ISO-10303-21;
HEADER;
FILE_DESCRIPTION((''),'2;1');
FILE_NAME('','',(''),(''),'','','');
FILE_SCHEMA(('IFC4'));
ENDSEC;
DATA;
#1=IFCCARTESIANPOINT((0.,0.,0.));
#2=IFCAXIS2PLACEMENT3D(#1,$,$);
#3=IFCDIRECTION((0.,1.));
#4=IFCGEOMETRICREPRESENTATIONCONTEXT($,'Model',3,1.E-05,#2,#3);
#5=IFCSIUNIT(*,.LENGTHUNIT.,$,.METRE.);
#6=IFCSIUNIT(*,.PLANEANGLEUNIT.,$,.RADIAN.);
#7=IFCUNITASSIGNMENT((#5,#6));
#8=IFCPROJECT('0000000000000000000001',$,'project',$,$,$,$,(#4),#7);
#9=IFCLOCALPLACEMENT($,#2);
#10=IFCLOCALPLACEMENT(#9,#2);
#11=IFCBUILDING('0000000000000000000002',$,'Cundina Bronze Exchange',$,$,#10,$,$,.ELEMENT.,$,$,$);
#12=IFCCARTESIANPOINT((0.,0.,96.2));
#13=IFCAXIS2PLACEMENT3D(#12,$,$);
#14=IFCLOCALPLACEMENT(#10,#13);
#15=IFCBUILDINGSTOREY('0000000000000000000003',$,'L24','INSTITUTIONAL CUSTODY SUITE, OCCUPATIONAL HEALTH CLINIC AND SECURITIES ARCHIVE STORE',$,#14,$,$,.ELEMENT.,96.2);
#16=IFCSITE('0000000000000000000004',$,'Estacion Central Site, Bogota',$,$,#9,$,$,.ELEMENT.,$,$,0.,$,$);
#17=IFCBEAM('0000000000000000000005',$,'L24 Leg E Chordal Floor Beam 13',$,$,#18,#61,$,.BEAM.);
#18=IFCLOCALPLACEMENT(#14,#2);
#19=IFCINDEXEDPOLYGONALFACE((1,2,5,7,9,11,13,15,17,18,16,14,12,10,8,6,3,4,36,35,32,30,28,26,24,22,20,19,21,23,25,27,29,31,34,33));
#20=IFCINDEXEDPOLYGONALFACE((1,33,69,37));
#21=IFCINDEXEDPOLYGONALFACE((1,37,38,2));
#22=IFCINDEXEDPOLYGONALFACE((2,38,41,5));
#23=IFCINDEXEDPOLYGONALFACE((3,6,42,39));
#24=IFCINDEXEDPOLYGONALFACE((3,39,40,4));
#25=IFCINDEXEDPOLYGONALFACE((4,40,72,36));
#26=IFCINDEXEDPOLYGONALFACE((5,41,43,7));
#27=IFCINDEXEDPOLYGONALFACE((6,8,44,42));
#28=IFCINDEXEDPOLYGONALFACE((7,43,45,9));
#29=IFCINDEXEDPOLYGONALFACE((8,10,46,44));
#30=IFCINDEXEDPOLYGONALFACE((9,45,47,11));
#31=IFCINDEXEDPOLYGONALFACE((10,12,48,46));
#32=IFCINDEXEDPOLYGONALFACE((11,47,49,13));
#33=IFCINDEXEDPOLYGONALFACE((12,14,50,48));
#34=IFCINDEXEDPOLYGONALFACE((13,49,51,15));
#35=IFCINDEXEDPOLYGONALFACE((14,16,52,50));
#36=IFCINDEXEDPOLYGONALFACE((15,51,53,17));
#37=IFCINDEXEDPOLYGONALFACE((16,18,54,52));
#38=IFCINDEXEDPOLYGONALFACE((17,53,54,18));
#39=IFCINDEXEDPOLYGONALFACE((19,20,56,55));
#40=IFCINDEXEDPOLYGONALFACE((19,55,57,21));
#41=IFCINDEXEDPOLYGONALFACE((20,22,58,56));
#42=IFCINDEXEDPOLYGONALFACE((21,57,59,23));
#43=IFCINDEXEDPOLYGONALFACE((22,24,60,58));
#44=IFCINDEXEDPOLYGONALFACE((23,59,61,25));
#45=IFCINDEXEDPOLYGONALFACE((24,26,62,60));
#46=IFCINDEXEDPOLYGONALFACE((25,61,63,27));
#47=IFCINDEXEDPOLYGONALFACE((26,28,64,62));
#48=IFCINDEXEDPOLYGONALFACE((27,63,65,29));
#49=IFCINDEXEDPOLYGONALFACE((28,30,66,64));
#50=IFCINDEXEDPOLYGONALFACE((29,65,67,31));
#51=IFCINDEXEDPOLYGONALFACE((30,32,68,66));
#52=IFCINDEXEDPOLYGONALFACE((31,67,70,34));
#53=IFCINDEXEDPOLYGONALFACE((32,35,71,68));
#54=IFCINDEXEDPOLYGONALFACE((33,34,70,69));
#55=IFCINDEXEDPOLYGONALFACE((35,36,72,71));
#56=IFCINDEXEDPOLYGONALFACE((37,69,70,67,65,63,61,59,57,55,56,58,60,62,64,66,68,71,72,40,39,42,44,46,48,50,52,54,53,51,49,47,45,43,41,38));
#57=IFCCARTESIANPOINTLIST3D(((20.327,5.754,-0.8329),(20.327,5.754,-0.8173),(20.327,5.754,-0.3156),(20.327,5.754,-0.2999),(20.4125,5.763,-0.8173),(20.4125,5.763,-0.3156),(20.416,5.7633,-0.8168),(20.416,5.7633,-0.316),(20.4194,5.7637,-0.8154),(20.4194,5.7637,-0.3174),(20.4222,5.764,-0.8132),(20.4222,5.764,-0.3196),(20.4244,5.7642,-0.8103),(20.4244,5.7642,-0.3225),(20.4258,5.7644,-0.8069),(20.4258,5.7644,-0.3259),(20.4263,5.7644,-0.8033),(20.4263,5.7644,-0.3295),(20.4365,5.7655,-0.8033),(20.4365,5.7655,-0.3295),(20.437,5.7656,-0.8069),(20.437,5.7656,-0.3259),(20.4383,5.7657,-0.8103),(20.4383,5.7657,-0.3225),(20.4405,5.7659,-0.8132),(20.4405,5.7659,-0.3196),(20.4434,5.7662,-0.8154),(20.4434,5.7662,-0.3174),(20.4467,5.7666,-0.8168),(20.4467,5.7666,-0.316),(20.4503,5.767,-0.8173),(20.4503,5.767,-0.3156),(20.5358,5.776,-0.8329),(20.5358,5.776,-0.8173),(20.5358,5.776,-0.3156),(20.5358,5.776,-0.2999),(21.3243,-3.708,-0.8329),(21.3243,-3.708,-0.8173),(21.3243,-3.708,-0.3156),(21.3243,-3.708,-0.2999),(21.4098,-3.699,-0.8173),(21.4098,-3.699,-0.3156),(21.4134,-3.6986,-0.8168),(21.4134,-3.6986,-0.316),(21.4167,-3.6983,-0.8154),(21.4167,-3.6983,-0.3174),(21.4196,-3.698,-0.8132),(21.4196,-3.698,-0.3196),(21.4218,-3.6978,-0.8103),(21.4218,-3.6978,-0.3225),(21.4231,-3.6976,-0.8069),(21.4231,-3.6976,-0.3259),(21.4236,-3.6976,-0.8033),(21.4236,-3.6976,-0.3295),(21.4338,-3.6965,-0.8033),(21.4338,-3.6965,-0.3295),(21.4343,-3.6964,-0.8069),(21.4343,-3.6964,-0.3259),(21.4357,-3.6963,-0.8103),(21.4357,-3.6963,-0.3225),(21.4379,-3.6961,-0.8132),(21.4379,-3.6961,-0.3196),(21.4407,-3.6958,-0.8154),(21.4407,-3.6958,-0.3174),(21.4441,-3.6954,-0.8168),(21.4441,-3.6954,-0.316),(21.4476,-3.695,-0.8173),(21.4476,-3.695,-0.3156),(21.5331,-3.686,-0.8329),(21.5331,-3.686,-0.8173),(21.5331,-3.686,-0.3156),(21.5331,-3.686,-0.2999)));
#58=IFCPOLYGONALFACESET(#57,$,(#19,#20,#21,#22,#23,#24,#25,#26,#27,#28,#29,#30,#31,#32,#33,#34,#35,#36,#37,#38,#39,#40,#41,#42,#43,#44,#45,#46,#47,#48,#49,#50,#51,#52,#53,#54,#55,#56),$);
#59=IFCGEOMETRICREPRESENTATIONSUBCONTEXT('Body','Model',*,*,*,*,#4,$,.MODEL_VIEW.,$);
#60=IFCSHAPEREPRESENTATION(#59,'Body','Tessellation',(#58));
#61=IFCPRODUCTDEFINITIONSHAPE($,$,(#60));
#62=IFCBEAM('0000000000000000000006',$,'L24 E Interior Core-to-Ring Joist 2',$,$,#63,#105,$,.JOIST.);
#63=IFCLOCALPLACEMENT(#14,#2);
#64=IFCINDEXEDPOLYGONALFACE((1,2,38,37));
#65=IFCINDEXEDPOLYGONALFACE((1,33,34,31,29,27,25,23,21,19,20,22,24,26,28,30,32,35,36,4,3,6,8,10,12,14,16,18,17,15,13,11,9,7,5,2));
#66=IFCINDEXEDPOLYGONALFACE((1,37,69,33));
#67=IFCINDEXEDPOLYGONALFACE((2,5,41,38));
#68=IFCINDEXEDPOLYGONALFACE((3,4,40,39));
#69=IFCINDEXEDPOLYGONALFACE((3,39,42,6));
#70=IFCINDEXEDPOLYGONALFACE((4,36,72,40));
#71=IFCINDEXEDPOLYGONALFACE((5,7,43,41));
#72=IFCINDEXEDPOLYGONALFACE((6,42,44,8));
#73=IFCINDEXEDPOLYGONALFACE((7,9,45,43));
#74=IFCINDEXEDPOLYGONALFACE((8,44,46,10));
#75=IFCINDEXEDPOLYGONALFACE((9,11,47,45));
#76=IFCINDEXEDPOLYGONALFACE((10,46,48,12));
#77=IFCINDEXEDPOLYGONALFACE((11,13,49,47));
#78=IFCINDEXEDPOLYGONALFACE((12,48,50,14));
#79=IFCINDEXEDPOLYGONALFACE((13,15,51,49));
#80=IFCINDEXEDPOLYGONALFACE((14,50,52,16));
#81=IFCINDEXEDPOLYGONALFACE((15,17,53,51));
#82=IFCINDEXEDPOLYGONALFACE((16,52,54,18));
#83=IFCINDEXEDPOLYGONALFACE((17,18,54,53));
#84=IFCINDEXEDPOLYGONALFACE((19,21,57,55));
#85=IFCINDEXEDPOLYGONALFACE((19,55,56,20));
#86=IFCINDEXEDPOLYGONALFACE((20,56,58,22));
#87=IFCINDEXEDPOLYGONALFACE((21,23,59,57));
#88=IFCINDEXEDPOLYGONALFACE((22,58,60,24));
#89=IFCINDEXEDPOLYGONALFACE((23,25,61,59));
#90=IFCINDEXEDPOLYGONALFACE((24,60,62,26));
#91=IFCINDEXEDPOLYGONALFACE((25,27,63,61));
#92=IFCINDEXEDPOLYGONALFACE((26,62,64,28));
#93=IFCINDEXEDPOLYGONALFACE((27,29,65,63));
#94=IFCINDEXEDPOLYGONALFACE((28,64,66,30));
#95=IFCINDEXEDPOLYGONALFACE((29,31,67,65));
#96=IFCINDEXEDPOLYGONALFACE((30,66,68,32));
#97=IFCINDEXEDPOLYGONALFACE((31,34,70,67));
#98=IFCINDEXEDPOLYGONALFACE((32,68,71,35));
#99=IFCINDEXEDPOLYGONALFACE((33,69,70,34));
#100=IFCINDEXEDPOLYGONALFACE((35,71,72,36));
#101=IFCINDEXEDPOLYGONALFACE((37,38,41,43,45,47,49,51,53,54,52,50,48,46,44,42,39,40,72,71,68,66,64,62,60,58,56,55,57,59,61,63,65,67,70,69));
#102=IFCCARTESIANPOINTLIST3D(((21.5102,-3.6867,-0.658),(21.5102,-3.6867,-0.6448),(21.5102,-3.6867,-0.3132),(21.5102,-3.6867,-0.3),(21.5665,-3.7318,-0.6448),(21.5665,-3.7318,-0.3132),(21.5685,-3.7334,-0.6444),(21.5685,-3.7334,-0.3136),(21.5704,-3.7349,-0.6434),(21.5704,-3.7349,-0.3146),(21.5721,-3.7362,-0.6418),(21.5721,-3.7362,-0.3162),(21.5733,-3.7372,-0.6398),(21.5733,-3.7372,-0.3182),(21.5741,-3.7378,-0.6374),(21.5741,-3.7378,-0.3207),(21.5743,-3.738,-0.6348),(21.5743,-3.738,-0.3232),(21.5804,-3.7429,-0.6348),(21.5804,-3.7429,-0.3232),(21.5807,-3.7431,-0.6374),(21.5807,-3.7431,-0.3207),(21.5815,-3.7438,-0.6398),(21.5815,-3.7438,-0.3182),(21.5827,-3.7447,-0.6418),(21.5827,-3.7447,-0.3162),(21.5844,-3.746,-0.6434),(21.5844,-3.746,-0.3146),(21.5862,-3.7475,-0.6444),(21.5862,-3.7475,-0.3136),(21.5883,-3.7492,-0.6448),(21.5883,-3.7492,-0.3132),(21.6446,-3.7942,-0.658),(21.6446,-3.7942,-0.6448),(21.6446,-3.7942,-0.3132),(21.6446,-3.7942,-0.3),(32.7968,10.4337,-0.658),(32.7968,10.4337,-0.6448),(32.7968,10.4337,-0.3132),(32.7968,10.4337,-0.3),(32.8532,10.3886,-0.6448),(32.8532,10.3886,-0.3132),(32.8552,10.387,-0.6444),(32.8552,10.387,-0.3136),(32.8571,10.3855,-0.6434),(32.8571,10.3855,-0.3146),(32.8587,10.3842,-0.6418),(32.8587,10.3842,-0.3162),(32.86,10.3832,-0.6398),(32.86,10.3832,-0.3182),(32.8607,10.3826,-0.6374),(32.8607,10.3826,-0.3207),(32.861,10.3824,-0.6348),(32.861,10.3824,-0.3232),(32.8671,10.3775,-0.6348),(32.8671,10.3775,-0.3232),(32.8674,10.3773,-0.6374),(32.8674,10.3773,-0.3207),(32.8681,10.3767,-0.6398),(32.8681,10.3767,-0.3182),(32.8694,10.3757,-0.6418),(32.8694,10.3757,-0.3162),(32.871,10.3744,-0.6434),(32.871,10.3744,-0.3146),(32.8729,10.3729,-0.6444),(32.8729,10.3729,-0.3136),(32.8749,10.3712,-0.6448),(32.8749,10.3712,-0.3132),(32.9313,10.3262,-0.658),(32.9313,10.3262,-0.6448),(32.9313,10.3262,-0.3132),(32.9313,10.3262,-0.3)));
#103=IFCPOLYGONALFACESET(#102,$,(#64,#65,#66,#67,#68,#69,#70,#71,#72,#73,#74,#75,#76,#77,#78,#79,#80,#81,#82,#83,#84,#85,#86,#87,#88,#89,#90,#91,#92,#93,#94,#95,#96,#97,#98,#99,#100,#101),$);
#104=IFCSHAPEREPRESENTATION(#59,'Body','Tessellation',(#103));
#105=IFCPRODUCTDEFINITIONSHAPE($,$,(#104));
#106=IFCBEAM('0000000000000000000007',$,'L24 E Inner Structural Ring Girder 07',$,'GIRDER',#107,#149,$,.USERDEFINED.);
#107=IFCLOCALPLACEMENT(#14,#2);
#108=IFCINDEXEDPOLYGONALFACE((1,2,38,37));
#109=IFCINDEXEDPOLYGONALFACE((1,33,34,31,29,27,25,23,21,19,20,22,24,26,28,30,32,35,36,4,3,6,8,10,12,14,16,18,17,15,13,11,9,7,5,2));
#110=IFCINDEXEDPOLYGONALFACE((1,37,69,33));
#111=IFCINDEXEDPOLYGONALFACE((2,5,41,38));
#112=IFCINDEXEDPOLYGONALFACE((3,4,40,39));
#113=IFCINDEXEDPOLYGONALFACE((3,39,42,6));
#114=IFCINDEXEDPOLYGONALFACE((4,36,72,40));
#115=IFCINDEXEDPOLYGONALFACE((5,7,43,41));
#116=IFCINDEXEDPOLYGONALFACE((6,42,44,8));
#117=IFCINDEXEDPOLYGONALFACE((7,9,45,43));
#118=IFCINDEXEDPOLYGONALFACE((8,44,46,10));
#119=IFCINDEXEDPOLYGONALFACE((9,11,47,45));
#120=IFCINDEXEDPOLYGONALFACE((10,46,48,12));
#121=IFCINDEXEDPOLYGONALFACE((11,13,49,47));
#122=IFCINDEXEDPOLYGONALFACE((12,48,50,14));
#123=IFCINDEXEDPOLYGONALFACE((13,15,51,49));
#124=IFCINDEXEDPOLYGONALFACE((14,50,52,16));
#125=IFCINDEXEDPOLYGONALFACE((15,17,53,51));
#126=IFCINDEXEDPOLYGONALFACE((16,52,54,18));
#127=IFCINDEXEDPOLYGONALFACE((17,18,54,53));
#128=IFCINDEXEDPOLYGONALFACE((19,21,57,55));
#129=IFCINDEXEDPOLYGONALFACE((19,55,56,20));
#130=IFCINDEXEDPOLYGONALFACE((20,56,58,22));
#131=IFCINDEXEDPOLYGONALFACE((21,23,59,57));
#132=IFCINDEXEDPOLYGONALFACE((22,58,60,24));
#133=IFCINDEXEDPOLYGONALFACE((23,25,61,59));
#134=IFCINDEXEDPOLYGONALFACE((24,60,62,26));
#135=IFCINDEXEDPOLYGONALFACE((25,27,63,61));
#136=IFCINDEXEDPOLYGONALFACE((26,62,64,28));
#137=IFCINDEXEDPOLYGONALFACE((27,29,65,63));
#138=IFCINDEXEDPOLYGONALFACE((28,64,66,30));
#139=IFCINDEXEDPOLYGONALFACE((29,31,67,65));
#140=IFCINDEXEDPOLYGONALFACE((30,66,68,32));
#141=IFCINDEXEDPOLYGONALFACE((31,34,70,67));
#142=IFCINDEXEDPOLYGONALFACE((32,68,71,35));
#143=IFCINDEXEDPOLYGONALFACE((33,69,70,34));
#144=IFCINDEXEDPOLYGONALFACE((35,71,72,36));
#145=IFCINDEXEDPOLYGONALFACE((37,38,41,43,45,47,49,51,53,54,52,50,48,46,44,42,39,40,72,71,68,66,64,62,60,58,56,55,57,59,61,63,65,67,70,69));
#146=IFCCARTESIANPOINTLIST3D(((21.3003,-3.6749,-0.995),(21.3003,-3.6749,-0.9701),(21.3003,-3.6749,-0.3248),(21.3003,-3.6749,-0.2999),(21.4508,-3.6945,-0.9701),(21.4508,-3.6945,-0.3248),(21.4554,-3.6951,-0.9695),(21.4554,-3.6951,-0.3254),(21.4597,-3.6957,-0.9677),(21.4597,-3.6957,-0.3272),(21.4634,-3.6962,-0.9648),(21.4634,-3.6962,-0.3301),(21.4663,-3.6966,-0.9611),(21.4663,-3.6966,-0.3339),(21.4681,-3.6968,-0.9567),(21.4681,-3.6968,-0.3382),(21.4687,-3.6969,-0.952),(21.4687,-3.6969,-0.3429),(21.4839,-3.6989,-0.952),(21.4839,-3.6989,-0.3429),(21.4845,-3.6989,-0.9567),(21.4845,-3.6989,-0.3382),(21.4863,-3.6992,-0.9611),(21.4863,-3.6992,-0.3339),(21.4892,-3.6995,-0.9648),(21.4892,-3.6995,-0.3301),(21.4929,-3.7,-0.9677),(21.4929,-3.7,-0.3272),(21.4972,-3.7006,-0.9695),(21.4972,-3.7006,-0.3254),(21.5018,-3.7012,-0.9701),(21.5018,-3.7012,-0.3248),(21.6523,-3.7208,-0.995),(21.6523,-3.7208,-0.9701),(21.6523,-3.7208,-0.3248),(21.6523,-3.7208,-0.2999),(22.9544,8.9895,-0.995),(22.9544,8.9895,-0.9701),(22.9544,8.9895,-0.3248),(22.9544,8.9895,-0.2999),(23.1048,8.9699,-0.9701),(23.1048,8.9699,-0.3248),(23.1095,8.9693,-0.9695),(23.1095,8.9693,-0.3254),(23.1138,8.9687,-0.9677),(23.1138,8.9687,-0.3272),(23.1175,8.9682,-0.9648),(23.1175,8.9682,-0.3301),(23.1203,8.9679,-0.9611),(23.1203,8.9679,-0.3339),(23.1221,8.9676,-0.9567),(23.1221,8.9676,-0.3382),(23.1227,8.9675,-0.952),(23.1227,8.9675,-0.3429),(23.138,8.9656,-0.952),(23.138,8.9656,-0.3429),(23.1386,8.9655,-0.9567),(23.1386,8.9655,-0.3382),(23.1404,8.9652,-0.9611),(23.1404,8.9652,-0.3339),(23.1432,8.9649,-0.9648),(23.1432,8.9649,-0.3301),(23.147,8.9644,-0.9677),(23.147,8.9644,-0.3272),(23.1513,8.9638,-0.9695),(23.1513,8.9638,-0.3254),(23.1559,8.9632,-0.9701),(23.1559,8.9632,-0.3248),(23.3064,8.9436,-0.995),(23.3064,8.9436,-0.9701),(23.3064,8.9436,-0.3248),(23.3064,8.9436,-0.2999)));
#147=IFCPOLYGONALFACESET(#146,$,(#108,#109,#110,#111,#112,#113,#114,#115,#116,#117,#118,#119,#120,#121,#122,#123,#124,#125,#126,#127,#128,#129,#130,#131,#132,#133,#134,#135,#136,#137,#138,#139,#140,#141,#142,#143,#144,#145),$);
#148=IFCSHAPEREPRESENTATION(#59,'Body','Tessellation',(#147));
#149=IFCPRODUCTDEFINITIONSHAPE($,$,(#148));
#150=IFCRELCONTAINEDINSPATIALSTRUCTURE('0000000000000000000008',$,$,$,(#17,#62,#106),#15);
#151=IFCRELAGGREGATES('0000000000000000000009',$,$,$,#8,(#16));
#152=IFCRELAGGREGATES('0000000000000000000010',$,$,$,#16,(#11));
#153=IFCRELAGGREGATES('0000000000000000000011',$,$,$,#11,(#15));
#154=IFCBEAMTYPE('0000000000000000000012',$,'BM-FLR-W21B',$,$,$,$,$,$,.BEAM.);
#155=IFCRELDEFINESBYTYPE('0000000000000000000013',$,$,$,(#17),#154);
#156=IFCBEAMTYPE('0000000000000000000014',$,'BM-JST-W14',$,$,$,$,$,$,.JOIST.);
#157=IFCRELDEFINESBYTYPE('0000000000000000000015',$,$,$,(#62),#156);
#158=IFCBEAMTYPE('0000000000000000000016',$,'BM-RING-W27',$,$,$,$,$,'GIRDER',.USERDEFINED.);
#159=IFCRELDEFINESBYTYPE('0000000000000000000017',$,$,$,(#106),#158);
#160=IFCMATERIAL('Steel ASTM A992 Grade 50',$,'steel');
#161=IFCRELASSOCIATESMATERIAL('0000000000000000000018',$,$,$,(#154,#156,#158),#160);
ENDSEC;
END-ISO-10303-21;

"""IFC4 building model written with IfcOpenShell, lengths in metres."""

from ifc_helpers import new_model, si_unit, direction, frame, origin, origin_2d, place, context, subcontext, project, spatial, i_section, extrude, material, material_profile, profile_set, type_object, element, save


model = new_model("IFC4")

# Units and contexts
model_context = context("Model", 3, precision=1e-05, world=origin(), true_north=direction((0.0, 1.0)))
body_context = subcontext(model_context, "Body", "Model", "MODEL_VIEW")
ifc_project = project(units=[si_unit("LENGTHUNIT", "METRE"), si_unit("PLANEANGLEUNIT", "RADIAN")], contexts=[model_context])

# Site, building, storey
site_placement = place(None, origin())
site = spatial("IfcSite", under=ifc_project, at=site_placement, Name="Estacion Central Site, Bogota", CompositionType="ELEMENT", RefElevation=0.0)
building_placement = place(site_placement, origin())
building = spatial("IfcBuilding", under=site, at=building_placement, Name="Cundina Bronze Exchange", CompositionType="ELEMENT")
storey_placement = place(building_placement, frame((0.0, 0.0, 96.2)))
storey = spatial("IfcBuildingStorey", under=building, at=storey_placement, Name="L24", Description="INSTITUTIONAL CUSTODY SUITE, OCCUPATIONAL HEALTH CLINIC AND SECURITIES ARCHIVE STORE", CompositionType="ELEMENT", Elevation=96.2)

# Shared definitions
ifc_material_1 = material(Name="Steel ASTM A992 Grade 50", Category="steel")

# Beams
ifc_material_profile_1 = material_profile(ifc_material_1, i_section(OverallWidth=0.21, OverallDepth=0.533, WebThickness=0.0103, FlangeThickness=0.0156, FilletRadius=0.0139, at=origin_2d()), Name="W21X62", Category="steel")
ifc_profile_set_1 = profile_set([ifc_material_profile_1], Name="Steel ASTM A992 Grade 50")
beam_type_1 = type_object("IfcBeamType", Name="BM-FLR-W21B", PredefinedType="BEAM", material=ifc_profile_set_1)
beam_1_placement = place(storey_placement, frame((21.4287, -3.697, -0.5664), z_axis=(-0.104822, 0.994491, 0.0), x_axis=(-0.994491, -0.104822, 0.0)))
element("IfcBeam", 1, at=beam_1_placement, inside=storey, type_object=beam_type_1, Name="L24 Leg E Chordal Floor Beam 13", PredefinedType="BEAM", context=body_context, shape_type="SweptSolid", body=[
    extrude(i_section(OverallWidth=0.21, OverallDepth=0.533, WebThickness=0.0103, FlangeThickness=0.0156, FilletRadius=0.0139, at=origin_2d()), origin(), (0.0, 0.0, 1.0), 9.5144),
])
ifc_material_profile_2 = material_profile(ifc_material_1, i_section(OverallWidth=0.1721, OverallDepth=0.3579, WebThickness=0.0078, FlangeThickness=0.0132, FilletRadius=0.01, at=origin_2d()), Name="W14X38", Category="steel")
ifc_profile_set_2 = profile_set([ifc_material_profile_2], Name="Steel ASTM A992 Grade 50")
beam_type_2 = type_object("IfcBeamType", Name="BM-JST-W14", PredefinedType="JOIST", material=ifc_profile_set_2)
beam_2_placement = place(storey_placement, frame((21.5774, -3.7405, -0.479), z_axis=(0.624369, 0.78113, 0.0), x_axis=(-0.78113, 0.624369, 0.0)))
element("IfcBeam", 2, at=beam_2_placement, inside=storey, type_object=beam_type_2, Name="L24 E Interior Core-to-Ring Joist 2", PredefinedType="JOIST", context=body_context, shape_type="SweptSolid", body=[
    extrude(i_section(OverallWidth=0.1721, OverallDepth=0.3579, WebThickness=0.0078, FlangeThickness=0.0132, FilletRadius=0.01, at=origin_2d()), origin(), (0.0, 0.0, 1.0), 18.0769),
])
ifc_material_profile_3 = material_profile(ifc_material_1, i_section(OverallWidth=0.355, OverallDepth=0.6951, WebThickness=0.0154, FlangeThickness=0.0249, FilletRadius=0.0181, at=origin_2d()), Name="W27X146", Category="steel")
ifc_profile_set_3 = profile_set([ifc_material_profile_3], Name="Steel ASTM A992 Grade 50")
beam_type_3 = type_object("IfcBeamType", Name="BM-RING-W27", ElementType="GIRDER", PredefinedType="USERDEFINED", material=ifc_profile_set_3)
beam_3_placement = place(storey_placement, frame((23.1304, 8.9666, -0.6475), z_axis=(-0.129508, -0.991578, 0.0), x_axis=(0.991578, -0.129508, 0.0)))
element("IfcBeam", 3, at=beam_3_placement, inside=storey, type_object=beam_type_3, Name="L24 E Inner Structural Ring Girder 07", ObjectType="GIRDER", PredefinedType="USERDEFINED", context=body_context, shape_type="SweptSolid", body=[
    extrude(i_section(OverallWidth=0.355, OverallDepth=0.6951, WebThickness=0.0154, FlangeThickness=0.0249, FilletRadius=0.0181, at=origin_2d()), origin(), (0.0, 0.0, 1.0), 12.772),
])

save(model, "model.ifc")
